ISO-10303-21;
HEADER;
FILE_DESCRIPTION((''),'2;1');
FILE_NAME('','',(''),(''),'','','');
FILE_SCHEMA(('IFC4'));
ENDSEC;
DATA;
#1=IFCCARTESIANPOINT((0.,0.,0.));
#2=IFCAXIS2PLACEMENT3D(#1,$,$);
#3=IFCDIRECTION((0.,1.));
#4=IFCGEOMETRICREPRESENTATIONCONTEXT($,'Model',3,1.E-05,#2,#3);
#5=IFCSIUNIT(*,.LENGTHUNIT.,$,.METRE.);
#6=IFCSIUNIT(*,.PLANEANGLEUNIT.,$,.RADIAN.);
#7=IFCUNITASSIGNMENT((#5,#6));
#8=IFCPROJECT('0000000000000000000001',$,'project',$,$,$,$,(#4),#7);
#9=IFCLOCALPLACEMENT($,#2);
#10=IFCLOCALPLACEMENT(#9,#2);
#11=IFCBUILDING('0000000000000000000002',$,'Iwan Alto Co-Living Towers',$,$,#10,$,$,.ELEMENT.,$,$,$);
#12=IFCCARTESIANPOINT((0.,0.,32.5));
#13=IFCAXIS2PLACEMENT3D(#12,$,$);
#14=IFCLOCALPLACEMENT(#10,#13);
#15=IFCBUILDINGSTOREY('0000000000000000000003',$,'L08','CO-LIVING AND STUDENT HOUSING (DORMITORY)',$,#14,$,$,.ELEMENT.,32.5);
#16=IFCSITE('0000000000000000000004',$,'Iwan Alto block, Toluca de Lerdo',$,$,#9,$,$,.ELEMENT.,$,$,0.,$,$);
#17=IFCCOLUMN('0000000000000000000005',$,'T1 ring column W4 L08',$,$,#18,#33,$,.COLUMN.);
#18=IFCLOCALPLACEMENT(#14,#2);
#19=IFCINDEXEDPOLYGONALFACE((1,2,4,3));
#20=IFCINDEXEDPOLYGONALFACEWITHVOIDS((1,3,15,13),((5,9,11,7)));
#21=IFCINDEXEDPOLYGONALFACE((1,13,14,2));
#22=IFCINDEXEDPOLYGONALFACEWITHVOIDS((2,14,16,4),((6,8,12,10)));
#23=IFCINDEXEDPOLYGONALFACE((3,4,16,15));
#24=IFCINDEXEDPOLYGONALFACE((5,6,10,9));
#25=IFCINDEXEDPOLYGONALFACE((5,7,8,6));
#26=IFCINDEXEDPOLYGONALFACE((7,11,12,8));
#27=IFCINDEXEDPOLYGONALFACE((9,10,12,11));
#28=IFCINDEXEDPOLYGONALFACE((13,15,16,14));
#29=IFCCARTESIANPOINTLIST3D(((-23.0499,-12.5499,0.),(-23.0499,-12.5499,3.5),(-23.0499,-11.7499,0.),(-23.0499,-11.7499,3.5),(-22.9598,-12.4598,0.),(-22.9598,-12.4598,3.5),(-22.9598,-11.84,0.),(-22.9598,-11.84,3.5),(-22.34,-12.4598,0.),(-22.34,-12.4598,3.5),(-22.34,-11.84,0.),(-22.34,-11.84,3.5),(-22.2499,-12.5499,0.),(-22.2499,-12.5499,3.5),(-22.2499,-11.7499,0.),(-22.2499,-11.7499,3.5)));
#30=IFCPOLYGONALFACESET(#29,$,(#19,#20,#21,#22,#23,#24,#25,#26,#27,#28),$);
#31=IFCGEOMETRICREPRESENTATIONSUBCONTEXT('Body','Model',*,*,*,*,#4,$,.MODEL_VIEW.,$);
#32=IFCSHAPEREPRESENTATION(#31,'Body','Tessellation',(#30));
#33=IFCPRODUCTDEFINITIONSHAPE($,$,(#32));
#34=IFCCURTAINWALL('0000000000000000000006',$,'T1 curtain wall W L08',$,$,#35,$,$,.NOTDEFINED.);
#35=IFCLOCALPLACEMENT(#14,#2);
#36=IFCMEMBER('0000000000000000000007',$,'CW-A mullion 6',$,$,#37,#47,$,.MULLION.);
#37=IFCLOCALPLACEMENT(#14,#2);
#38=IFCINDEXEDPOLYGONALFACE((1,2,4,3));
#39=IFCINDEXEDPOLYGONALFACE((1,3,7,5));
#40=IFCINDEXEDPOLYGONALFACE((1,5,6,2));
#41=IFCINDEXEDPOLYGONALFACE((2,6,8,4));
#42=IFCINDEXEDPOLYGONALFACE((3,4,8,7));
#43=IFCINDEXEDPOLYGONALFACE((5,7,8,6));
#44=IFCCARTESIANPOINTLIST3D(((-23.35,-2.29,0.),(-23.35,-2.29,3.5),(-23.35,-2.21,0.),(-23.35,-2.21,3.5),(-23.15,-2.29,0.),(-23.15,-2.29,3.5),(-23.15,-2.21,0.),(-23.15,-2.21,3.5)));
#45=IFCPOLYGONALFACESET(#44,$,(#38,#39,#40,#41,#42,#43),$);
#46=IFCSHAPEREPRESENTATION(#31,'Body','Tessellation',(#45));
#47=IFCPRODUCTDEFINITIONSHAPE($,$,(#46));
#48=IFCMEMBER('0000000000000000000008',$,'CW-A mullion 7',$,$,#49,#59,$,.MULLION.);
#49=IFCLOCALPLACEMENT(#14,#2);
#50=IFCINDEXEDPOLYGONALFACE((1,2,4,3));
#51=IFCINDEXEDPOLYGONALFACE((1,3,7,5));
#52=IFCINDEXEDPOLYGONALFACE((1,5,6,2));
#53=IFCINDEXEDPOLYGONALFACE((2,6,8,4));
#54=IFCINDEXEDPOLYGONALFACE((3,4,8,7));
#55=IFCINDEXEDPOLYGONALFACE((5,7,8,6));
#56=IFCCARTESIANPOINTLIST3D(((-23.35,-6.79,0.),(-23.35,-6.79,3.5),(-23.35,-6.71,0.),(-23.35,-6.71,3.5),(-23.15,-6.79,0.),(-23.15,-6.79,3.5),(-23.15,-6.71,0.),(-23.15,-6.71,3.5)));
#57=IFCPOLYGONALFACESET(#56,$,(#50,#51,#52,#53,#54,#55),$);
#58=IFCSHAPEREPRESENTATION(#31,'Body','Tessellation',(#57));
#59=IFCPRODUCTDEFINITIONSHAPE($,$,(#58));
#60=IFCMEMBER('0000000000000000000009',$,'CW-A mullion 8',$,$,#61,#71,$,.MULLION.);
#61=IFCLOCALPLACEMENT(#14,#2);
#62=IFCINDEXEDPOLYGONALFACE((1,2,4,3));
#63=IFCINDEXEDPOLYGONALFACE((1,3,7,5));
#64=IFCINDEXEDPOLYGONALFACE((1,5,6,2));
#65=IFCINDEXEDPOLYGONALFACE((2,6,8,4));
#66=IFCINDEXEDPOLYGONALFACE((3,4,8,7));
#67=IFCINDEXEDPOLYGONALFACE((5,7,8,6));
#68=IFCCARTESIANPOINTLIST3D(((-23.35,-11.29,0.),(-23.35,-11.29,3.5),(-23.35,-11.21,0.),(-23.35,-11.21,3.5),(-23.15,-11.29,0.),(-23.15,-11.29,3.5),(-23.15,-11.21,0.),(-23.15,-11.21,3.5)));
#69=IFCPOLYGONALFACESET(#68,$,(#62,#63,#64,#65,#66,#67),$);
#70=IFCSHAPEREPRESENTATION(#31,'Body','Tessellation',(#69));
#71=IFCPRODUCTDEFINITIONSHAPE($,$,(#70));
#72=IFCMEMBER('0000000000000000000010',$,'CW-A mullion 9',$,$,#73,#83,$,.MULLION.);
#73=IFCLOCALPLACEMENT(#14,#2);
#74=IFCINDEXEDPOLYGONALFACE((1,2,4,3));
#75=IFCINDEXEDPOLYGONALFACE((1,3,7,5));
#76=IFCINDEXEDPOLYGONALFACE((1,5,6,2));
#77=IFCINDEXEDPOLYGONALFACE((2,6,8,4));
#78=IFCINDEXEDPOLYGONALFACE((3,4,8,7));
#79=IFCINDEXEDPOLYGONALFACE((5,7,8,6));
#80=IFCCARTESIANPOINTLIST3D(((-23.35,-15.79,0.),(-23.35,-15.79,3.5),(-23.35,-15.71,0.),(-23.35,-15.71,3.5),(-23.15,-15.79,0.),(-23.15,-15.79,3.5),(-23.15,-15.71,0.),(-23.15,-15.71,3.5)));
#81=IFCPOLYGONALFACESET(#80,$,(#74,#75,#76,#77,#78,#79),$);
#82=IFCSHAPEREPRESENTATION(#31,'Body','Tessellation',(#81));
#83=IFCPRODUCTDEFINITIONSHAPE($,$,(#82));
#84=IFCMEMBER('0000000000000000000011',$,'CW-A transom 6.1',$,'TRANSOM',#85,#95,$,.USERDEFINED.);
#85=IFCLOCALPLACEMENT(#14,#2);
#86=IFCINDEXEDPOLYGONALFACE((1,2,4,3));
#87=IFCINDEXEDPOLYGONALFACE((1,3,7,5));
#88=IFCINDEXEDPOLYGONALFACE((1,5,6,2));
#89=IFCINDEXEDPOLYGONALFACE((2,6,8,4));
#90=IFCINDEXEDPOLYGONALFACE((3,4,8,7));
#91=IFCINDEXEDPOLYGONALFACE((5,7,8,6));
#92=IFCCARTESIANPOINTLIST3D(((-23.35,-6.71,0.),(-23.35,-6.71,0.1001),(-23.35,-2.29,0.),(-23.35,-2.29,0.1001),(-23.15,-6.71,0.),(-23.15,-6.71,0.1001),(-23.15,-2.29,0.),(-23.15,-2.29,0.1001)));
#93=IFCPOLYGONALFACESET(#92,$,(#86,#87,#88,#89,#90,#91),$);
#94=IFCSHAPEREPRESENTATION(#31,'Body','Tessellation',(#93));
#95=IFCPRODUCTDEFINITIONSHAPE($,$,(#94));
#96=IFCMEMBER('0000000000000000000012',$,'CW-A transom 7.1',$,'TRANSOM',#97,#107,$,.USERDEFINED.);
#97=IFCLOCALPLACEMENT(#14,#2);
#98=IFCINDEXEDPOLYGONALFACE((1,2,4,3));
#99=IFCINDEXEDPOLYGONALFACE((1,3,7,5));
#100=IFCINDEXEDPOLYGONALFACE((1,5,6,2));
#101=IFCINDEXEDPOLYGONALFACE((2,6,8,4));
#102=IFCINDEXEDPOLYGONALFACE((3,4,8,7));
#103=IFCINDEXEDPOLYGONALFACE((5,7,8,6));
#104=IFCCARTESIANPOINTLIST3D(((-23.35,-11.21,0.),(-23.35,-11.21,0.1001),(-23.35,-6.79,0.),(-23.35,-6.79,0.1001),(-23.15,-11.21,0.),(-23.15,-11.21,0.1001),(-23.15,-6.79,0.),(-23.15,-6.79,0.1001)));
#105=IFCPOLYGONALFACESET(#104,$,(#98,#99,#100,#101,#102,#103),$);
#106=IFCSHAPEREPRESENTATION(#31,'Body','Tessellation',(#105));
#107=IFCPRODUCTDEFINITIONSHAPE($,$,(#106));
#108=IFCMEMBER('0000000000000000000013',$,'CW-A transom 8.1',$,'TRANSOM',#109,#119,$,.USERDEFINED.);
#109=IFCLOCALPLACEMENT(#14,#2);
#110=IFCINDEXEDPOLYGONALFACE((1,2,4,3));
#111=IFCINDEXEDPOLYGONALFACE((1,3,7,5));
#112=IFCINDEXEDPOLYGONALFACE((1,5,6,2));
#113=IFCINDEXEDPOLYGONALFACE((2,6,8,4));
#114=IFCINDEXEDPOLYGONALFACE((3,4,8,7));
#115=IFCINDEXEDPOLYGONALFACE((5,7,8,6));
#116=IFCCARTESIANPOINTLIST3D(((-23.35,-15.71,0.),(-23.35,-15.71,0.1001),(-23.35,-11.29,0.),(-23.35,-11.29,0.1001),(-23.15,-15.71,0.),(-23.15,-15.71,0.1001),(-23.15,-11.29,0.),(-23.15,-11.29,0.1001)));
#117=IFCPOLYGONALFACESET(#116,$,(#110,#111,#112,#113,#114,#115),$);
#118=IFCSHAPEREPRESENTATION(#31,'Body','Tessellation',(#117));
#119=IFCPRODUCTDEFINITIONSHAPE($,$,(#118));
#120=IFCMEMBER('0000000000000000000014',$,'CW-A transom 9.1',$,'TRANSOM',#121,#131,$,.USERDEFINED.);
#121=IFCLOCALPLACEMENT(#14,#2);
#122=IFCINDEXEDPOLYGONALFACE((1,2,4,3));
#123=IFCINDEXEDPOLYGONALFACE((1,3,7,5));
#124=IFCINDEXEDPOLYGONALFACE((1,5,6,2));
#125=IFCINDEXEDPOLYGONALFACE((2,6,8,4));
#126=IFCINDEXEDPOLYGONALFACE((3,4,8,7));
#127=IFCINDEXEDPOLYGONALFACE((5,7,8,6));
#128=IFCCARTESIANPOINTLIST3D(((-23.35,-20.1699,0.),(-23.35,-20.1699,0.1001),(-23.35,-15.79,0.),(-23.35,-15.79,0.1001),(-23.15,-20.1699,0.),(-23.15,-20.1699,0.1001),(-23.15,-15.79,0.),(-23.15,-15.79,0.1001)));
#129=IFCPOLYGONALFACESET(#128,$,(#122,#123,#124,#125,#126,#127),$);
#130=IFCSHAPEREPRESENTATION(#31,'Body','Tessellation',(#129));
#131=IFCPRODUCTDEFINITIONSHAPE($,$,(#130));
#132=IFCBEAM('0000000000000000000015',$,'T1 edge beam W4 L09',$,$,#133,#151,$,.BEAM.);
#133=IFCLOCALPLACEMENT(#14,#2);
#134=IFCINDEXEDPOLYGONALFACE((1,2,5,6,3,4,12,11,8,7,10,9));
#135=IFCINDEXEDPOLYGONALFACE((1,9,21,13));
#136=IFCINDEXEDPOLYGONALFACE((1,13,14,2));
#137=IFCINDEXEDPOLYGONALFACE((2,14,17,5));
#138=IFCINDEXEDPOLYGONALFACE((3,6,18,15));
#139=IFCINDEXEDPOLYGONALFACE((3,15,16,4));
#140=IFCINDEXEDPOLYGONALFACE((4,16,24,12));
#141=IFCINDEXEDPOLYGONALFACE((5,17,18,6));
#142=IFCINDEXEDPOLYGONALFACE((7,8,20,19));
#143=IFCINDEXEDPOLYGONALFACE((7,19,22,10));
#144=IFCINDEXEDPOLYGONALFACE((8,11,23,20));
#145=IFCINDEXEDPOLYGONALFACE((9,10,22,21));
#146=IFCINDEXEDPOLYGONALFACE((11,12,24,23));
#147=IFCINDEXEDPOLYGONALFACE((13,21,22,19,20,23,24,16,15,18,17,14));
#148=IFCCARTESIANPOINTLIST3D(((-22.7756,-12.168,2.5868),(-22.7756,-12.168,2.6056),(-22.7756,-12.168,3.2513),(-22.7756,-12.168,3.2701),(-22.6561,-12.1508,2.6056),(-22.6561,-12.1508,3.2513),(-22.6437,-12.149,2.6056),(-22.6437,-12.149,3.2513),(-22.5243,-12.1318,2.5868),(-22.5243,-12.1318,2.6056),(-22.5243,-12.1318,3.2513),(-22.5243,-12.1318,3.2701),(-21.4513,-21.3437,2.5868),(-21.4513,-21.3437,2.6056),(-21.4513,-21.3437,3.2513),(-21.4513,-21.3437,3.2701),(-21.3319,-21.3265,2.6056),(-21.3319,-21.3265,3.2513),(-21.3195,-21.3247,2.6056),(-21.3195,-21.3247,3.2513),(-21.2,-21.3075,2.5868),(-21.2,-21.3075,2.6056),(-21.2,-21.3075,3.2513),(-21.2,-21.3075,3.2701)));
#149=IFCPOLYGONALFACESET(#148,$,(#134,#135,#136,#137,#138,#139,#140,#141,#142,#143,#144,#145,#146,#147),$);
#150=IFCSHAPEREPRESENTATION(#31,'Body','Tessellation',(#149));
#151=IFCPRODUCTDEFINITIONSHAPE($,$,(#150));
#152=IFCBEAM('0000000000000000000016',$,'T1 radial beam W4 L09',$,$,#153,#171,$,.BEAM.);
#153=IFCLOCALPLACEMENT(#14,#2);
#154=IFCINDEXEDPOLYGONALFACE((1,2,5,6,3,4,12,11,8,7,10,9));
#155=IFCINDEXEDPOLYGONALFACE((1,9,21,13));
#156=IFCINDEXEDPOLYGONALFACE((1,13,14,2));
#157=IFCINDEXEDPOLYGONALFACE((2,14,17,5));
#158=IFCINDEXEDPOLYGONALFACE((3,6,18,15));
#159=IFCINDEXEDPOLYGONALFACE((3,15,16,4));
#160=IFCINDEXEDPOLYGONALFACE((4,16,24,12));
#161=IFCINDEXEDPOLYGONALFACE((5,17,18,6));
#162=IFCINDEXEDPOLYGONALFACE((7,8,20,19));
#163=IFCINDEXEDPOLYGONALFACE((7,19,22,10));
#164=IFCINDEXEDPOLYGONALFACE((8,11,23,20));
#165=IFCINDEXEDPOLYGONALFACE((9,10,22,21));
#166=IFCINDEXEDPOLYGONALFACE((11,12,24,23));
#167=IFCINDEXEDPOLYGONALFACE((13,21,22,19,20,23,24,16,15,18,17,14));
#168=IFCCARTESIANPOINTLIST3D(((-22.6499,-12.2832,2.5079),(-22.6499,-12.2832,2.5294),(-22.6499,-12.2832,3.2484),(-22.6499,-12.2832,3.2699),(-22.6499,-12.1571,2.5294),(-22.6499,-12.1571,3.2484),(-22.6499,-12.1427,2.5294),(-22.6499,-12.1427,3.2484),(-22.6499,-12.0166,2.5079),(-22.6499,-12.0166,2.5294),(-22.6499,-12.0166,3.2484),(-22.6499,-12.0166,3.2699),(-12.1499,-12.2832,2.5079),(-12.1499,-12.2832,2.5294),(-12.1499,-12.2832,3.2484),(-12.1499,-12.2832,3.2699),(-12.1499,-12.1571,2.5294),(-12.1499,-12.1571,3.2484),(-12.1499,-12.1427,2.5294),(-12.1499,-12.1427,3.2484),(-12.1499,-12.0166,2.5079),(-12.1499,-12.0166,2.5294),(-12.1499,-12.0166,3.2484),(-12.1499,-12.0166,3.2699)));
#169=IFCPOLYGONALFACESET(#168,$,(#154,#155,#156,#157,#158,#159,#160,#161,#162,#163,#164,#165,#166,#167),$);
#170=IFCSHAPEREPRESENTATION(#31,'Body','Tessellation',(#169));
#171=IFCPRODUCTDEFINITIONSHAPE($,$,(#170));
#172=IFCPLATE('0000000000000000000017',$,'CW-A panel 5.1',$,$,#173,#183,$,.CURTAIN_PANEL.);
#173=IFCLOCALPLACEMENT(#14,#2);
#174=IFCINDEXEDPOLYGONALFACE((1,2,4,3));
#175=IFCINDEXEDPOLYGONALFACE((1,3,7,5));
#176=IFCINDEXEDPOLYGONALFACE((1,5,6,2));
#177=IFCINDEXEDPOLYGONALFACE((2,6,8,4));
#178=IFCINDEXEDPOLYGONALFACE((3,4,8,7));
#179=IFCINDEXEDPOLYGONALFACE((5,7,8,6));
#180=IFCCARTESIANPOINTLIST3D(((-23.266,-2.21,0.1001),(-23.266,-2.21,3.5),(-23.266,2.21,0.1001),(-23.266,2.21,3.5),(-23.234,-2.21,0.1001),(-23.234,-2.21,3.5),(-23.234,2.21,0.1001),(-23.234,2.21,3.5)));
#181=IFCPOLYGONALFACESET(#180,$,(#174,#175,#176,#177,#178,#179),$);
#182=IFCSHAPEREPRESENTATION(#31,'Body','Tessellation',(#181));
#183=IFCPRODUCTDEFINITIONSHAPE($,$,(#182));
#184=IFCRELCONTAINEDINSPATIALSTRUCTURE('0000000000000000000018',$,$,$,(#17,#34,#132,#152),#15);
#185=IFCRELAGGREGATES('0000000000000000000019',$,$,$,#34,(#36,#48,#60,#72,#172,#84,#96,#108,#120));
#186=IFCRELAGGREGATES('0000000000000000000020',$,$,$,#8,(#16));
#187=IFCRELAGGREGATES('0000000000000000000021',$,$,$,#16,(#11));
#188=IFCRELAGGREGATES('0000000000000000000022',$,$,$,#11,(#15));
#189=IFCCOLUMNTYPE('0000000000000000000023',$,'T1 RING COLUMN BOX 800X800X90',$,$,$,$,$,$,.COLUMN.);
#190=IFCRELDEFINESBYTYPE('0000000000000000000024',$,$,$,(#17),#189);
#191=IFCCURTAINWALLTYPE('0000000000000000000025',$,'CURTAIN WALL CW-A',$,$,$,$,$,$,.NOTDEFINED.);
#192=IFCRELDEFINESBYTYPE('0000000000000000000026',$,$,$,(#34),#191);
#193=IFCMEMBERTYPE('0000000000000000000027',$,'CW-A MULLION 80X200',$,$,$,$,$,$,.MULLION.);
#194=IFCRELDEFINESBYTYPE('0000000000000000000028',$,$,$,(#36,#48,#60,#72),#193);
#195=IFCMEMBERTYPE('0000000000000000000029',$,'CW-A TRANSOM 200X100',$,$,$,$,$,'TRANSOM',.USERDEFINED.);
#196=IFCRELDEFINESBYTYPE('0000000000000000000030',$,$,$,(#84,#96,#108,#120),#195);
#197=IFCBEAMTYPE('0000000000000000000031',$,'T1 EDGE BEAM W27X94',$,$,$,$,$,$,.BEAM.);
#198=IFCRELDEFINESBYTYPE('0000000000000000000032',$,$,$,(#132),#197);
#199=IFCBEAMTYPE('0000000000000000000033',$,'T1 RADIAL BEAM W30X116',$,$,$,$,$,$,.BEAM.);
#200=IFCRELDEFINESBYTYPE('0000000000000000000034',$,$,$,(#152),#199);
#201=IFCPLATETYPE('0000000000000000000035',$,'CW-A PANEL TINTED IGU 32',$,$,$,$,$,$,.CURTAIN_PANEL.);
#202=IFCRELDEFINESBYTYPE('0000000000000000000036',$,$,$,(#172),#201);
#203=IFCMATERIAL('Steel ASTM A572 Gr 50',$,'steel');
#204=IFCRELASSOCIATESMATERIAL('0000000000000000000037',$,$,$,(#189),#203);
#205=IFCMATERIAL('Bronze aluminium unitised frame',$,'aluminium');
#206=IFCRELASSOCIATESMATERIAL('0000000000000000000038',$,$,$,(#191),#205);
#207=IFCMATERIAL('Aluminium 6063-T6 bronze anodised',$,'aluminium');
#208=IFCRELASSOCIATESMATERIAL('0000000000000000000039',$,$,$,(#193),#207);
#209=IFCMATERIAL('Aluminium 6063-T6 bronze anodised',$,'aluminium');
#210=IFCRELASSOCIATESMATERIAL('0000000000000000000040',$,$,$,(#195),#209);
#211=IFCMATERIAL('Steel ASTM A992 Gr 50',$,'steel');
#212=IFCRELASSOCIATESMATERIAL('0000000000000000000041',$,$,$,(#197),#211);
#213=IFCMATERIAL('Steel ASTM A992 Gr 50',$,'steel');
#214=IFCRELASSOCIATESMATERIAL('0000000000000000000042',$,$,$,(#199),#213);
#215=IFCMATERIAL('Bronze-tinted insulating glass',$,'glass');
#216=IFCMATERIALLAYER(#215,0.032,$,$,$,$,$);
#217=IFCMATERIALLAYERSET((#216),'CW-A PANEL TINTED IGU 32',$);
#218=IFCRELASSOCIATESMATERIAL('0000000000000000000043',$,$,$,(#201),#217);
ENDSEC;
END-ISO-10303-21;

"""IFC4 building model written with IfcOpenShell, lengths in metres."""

from ifc_helpers import new_model, si_unit, direction, frame, origin, origin_2d, place, context, subcontext, project, spatial, rectangle, hollow_rectangle, i_section, extrude, material, layer, layer_set, material_profile, profile_set, type_object, element, aggregate, save


model = new_model("IFC4")

# Units and contexts
model_context = context("Model", 3, precision=1e-05, world=origin(), true_north=direction((0.0, 1.0)))
body_context = subcontext(model_context, "Body", "Model", "MODEL_VIEW")
ifc_project = project(units=[si_unit("LENGTHUNIT", "METRE"), si_unit("PLANEANGLEUNIT", "RADIAN")], contexts=[model_context])

# Site, building, storey
site_placement = place(None, origin())
site = spatial("IfcSite", under=ifc_project, at=site_placement, Name="Iwan Alto block, Toluca de Lerdo", CompositionType="ELEMENT", RefElevation=0.0)
building_placement = place(site_placement, origin())
building = spatial("IfcBuilding", under=site, at=building_placement, Name="Iwan Alto Co-Living Towers", CompositionType="ELEMENT")
storey_placement = place(building_placement, frame((0.0, 0.0, 32.5)))
storey = spatial("IfcBuildingStorey", under=building, at=storey_placement, Name="L08", Description="CO-LIVING AND STUDENT HOUSING (DORMITORY)", CompositionType="ELEMENT", Elevation=32.5)

# Column
ifc_material_1 = material(Name="Steel ASTM A572 Gr 50", Category="steel")
ifc_material_profile_1 = material_profile(ifc_material_1, hollow_rectangle(XDim=0.8, YDim=0.8, WallThickness=0.0901, at=origin_2d()), Name="BOX 800X800X90")
ifc_profile_set_1 = profile_set([ifc_material_profile_1], Name="Steel ASTM A572 Gr 50")
column_type = type_object("IfcColumnType", Name="T1 RING COLUMN BOX 800X800X90", PredefinedType="COLUMN", material=ifc_profile_set_1)
column_placement = place(storey_placement, frame((-22.6499, -12.1499, 0.0), z_axis=(0.0, 0.0, 1.0), x_axis=(1.0, 0.0, 0.0)))
element("IfcColumn", 1, at=column_placement, inside=storey, type_object=column_type, Name="T1 ring column W4 L08", PredefinedType="COLUMN", context=body_context, shape_type="SweptSolid", body=[
    extrude(hollow_rectangle(XDim=0.8, YDim=0.8, WallThickness=0.0901, at=origin_2d()), origin(), (0.0, 0.0, 1.0), 3.5),
])

# Curtain wall, members
ifc_material_2 = material(Name="Bronze aluminium unitised frame", Category="aluminium")
curtain_wall_type = type_object("IfcCurtainWallType", Name="CURTAIN WALL CW-A", PredefinedType="NOTDEFINED", material=ifc_material_2)
curtain_wall_placement = place(storey_placement, origin())
curtain_wall = element("IfcCurtainWall", 2, at=curtain_wall_placement, inside=storey, type_object=curtain_wall_type, Name="T1 curtain wall W L08", PredefinedType="NOTDEFINED")
ifc_material_3 = material(Name="Aluminium 6063-T6 bronze anodised", Category="aluminium")
ifc_material_profile_2 = material_profile(ifc_material_3, rectangle(XDim=0.2, YDim=0.0801, at=origin_2d()), Name="AL 80X200")
ifc_profile_set_2 = profile_set([ifc_material_profile_2], Name="Aluminium 6063-T6 bronze anodised")
member_type_1 = type_object("IfcMemberType", Name="CW-A MULLION 80X200", PredefinedType="MULLION", material=ifc_profile_set_2)
member_1_placement = place(storey_placement, frame((-23.25, -2.25, 0.0), z_axis=(0.0, 0.0, 1.0), x_axis=(1.0, 0.0, 0.0)))
member_1 = element("IfcMember", 3, at=member_1_placement, type_object=member_type_1, Name="CW-A mullion 6", PredefinedType="MULLION", context=body_context, shape_type="SweptSolid", body=[
    extrude(rectangle(XDim=0.2, YDim=0.0801, at=origin_2d()), origin(), (0.0, 0.0, 1.0), 3.5),
])
member_2_placement = place(storey_placement, frame((-23.25, -6.75, 0.0), z_axis=(0.0, 0.0, 1.0), x_axis=(1.0, 0.0, 0.0)))
member_2 = element("IfcMember", 4, at=member_2_placement, type_object=member_type_1, Name="CW-A mullion 7", PredefinedType="MULLION", context=body_context, shape_type="SweptSolid", body=[
    extrude(rectangle(XDim=0.2, YDim=0.0801, at=origin_2d()), origin(), (0.0, 0.0, 1.0), 3.5),
])
member_3_placement = place(storey_placement, frame((-23.25, -11.25, 0.0), z_axis=(0.0, 0.0, 1.0), x_axis=(1.0, 0.0, 0.0)))
member_3 = element("IfcMember", 5, at=member_3_placement, type_object=member_type_1, Name="CW-A mullion 8", PredefinedType="MULLION", context=body_context, shape_type="SweptSolid", body=[
    extrude(rectangle(XDim=0.2, YDim=0.0801, at=origin_2d()), origin(), (0.0, 0.0, 1.0), 3.5),
])
member_4_placement = place(storey_placement, frame((-23.25, -15.75, 0.0), z_axis=(0.0, 0.0, 1.0), x_axis=(1.0, 0.0, 0.0)))
member_4 = element("IfcMember", 6, at=member_4_placement, type_object=member_type_1, Name="CW-A mullion 9", PredefinedType="MULLION", context=body_context, shape_type="SweptSolid", body=[
    extrude(rectangle(XDim=0.2, YDim=0.0801, at=origin_2d()), origin(), (0.0, 0.0, 1.0), 3.5),
])
ifc_material_4 = material(Name="Aluminium 6063-T6 bronze anodised", Category="aluminium")
ifc_material_profile_3 = material_profile(ifc_material_4, rectangle(XDim=0.2, YDim=0.1001, at=origin_2d()), Name="AL 200X100")
ifc_profile_set_3 = profile_set([ifc_material_profile_3], Name="Aluminium 6063-T6 bronze anodised")
member_type_2 = type_object("IfcMemberType", Name="CW-A TRANSOM 200X100", ElementType="TRANSOM", PredefinedType="USERDEFINED", material=ifc_profile_set_3)
member_5_placement = place(storey_placement, frame((-23.25, -2.29, 0.05), z_axis=(0.0, -1.0, 0.0), x_axis=(1.0, 0.0, 0.0)))
member_5 = element("IfcMember", 7, at=member_5_placement, type_object=member_type_2, Name="CW-A transom 6.1", ObjectType="TRANSOM", PredefinedType="USERDEFINED", context=body_context, shape_type="SweptSolid", body=[
    extrude(rectangle(XDim=0.2, YDim=0.1001, at=origin_2d()), origin(), (0.0, 0.0, 1.0), 4.4199),
])
member_6_placement = place(storey_placement, frame((-23.25, -6.79, 0.05), z_axis=(0.0, -1.0, 0.0), x_axis=(1.0, 0.0, 0.0)))
member_6 = element("IfcMember", 8, at=member_6_placement, type_object=member_type_2, Name="CW-A transom 7.1", ObjectType="TRANSOM", PredefinedType="USERDEFINED", context=body_context, shape_type="SweptSolid", body=[
    extrude(rectangle(XDim=0.2, YDim=0.1001, at=origin_2d()), origin(), (0.0, 0.0, 1.0), 4.4199),
])
member_7_placement = place(storey_placement, frame((-23.25, -11.29, 0.05), z_axis=(0.0, -1.0, 0.0), x_axis=(1.0, 0.0, 0.0)))
member_7 = element("IfcMember", 9, at=member_7_placement, type_object=member_type_2, Name="CW-A transom 8.1", ObjectType="TRANSOM", PredefinedType="USERDEFINED", context=body_context, shape_type="SweptSolid", body=[
    extrude(rectangle(XDim=0.2, YDim=0.1001, at=origin_2d()), origin(), (0.0, 0.0, 1.0), 4.4199),
])
member_8_placement = place(storey_placement, frame((-23.25, -15.79, 0.05), z_axis=(0.0, -1.0, 0.0), x_axis=(1.0, 0.0, 0.0)))
member_8 = element("IfcMember", 10, at=member_8_placement, type_object=member_type_2, Name="CW-A transom 9.1", ObjectType="TRANSOM", PredefinedType="USERDEFINED", context=body_context, shape_type="SweptSolid", body=[
    extrude(rectangle(XDim=0.2, YDim=0.1001, at=origin_2d()), origin(), (0.0, 0.0, 1.0), 4.3799),
])

# Beams
ifc_material_5 = material(Name="Steel ASTM A992 Gr 50", Category="steel")
ifc_material_profile_4 = material_profile(ifc_material_5, i_section(OverallWidth=0.2539, OverallDepth=0.6833, WebThickness=0.0125, FlangeThickness=0.0188, at=origin_2d()), Name="W27X94")
ifc_profile_set_4 = profile_set([ifc_material_profile_4], Name="Steel ASTM A992 Gr 50")
beam_type_1 = type_object("IfcBeamType", Name="T1 EDGE BEAM W27X94", PredefinedType="BEAM", material=ifc_profile_set_4)
beam_1_placement = place(storey_placement, frame((-22.6499, -12.1499, 2.9285), z_axis=(0.142837, -0.989746, 0.0), x_axis=(0.989746, 0.142837, 0.0)))
element("IfcBeam", 11, at=beam_1_placement, inside=storey, type_object=beam_type_1, Name="T1 edge beam W4 L09", PredefinedType="BEAM", context=body_context, shape_type="SweptSolid", body=[
    extrude(i_section(OverallWidth=0.2539, OverallDepth=0.6833, WebThickness=0.0125, FlangeThickness=0.0188, at=origin_2d()), origin(), (0.0, 0.0, 1.0), 9.2708),
])
ifc_material_6 = material(Name="Steel ASTM A992 Gr 50", Category="steel")
ifc_material_profile_5 = material_profile(ifc_material_6, i_section(OverallWidth=0.2666, OverallDepth=0.762, WebThickness=0.0144, FlangeThickness=0.0215, at=origin_2d()), Name="W30X116")
ifc_profile_set_5 = profile_set([ifc_material_profile_5], Name="Steel ASTM A992 Gr 50")
beam_type_2 = type_object("IfcBeamType", Name="T1 RADIAL BEAM W30X116", PredefinedType="BEAM", material=ifc_profile_set_5)
beam_2_placement = place(storey_placement, frame((-22.6499, -12.1499, 2.8889), z_axis=(1.0, 0.0, 0.0), x_axis=(0.0, 1.0, 0.0)))
element("IfcBeam", 12, at=beam_2_placement, inside=storey, type_object=beam_type_2, Name="T1 radial beam W4 L09", PredefinedType="BEAM", context=body_context, shape_type="SweptSolid", body=[
    extrude(i_section(OverallWidth=0.2666, OverallDepth=0.762, WebThickness=0.0144, FlangeThickness=0.0215, at=origin_2d()), origin(), (0.0, 0.0, 1.0), 10.5),
])

# Plate
ifc_material_7 = material(Name="Bronze-tinted insulating glass", Category="glass")
ifc_layer_1 = layer(ifc_material_7, 0.032)
ifc_layer_set_1 = layer_set([ifc_layer_1], Name="CW-A PANEL TINTED IGU 32")
plate_type = type_object("IfcPlateType", Name="CW-A PANEL TINTED IGU 32", PredefinedType="CURTAIN_PANEL", material=ifc_layer_set_1)
plate_1_placement = place(storey_placement, frame((-23.25, 0.0, 0.1001), z_axis=(0.0, 0.0, 1.0), x_axis=(0.0, -1.0, 0.0)))
plate_1 = element("IfcPlate", 13, at=plate_1_placement, type_object=plate_type, Name="CW-A panel 5.1", PredefinedType="CURTAIN_PANEL", context=body_context, shape_type="SweptSolid", body=[
    extrude(rectangle(XDim=4.4199, YDim=0.032, at=origin_2d()), origin(), (0.0, 0.0, 1.0), 3.3999),
])
aggregate(curtain_wall, [member_1, member_2, member_3, member_4, plate_1, member_5, member_6, member_7, member_8])

save(model, "model.ifc")
